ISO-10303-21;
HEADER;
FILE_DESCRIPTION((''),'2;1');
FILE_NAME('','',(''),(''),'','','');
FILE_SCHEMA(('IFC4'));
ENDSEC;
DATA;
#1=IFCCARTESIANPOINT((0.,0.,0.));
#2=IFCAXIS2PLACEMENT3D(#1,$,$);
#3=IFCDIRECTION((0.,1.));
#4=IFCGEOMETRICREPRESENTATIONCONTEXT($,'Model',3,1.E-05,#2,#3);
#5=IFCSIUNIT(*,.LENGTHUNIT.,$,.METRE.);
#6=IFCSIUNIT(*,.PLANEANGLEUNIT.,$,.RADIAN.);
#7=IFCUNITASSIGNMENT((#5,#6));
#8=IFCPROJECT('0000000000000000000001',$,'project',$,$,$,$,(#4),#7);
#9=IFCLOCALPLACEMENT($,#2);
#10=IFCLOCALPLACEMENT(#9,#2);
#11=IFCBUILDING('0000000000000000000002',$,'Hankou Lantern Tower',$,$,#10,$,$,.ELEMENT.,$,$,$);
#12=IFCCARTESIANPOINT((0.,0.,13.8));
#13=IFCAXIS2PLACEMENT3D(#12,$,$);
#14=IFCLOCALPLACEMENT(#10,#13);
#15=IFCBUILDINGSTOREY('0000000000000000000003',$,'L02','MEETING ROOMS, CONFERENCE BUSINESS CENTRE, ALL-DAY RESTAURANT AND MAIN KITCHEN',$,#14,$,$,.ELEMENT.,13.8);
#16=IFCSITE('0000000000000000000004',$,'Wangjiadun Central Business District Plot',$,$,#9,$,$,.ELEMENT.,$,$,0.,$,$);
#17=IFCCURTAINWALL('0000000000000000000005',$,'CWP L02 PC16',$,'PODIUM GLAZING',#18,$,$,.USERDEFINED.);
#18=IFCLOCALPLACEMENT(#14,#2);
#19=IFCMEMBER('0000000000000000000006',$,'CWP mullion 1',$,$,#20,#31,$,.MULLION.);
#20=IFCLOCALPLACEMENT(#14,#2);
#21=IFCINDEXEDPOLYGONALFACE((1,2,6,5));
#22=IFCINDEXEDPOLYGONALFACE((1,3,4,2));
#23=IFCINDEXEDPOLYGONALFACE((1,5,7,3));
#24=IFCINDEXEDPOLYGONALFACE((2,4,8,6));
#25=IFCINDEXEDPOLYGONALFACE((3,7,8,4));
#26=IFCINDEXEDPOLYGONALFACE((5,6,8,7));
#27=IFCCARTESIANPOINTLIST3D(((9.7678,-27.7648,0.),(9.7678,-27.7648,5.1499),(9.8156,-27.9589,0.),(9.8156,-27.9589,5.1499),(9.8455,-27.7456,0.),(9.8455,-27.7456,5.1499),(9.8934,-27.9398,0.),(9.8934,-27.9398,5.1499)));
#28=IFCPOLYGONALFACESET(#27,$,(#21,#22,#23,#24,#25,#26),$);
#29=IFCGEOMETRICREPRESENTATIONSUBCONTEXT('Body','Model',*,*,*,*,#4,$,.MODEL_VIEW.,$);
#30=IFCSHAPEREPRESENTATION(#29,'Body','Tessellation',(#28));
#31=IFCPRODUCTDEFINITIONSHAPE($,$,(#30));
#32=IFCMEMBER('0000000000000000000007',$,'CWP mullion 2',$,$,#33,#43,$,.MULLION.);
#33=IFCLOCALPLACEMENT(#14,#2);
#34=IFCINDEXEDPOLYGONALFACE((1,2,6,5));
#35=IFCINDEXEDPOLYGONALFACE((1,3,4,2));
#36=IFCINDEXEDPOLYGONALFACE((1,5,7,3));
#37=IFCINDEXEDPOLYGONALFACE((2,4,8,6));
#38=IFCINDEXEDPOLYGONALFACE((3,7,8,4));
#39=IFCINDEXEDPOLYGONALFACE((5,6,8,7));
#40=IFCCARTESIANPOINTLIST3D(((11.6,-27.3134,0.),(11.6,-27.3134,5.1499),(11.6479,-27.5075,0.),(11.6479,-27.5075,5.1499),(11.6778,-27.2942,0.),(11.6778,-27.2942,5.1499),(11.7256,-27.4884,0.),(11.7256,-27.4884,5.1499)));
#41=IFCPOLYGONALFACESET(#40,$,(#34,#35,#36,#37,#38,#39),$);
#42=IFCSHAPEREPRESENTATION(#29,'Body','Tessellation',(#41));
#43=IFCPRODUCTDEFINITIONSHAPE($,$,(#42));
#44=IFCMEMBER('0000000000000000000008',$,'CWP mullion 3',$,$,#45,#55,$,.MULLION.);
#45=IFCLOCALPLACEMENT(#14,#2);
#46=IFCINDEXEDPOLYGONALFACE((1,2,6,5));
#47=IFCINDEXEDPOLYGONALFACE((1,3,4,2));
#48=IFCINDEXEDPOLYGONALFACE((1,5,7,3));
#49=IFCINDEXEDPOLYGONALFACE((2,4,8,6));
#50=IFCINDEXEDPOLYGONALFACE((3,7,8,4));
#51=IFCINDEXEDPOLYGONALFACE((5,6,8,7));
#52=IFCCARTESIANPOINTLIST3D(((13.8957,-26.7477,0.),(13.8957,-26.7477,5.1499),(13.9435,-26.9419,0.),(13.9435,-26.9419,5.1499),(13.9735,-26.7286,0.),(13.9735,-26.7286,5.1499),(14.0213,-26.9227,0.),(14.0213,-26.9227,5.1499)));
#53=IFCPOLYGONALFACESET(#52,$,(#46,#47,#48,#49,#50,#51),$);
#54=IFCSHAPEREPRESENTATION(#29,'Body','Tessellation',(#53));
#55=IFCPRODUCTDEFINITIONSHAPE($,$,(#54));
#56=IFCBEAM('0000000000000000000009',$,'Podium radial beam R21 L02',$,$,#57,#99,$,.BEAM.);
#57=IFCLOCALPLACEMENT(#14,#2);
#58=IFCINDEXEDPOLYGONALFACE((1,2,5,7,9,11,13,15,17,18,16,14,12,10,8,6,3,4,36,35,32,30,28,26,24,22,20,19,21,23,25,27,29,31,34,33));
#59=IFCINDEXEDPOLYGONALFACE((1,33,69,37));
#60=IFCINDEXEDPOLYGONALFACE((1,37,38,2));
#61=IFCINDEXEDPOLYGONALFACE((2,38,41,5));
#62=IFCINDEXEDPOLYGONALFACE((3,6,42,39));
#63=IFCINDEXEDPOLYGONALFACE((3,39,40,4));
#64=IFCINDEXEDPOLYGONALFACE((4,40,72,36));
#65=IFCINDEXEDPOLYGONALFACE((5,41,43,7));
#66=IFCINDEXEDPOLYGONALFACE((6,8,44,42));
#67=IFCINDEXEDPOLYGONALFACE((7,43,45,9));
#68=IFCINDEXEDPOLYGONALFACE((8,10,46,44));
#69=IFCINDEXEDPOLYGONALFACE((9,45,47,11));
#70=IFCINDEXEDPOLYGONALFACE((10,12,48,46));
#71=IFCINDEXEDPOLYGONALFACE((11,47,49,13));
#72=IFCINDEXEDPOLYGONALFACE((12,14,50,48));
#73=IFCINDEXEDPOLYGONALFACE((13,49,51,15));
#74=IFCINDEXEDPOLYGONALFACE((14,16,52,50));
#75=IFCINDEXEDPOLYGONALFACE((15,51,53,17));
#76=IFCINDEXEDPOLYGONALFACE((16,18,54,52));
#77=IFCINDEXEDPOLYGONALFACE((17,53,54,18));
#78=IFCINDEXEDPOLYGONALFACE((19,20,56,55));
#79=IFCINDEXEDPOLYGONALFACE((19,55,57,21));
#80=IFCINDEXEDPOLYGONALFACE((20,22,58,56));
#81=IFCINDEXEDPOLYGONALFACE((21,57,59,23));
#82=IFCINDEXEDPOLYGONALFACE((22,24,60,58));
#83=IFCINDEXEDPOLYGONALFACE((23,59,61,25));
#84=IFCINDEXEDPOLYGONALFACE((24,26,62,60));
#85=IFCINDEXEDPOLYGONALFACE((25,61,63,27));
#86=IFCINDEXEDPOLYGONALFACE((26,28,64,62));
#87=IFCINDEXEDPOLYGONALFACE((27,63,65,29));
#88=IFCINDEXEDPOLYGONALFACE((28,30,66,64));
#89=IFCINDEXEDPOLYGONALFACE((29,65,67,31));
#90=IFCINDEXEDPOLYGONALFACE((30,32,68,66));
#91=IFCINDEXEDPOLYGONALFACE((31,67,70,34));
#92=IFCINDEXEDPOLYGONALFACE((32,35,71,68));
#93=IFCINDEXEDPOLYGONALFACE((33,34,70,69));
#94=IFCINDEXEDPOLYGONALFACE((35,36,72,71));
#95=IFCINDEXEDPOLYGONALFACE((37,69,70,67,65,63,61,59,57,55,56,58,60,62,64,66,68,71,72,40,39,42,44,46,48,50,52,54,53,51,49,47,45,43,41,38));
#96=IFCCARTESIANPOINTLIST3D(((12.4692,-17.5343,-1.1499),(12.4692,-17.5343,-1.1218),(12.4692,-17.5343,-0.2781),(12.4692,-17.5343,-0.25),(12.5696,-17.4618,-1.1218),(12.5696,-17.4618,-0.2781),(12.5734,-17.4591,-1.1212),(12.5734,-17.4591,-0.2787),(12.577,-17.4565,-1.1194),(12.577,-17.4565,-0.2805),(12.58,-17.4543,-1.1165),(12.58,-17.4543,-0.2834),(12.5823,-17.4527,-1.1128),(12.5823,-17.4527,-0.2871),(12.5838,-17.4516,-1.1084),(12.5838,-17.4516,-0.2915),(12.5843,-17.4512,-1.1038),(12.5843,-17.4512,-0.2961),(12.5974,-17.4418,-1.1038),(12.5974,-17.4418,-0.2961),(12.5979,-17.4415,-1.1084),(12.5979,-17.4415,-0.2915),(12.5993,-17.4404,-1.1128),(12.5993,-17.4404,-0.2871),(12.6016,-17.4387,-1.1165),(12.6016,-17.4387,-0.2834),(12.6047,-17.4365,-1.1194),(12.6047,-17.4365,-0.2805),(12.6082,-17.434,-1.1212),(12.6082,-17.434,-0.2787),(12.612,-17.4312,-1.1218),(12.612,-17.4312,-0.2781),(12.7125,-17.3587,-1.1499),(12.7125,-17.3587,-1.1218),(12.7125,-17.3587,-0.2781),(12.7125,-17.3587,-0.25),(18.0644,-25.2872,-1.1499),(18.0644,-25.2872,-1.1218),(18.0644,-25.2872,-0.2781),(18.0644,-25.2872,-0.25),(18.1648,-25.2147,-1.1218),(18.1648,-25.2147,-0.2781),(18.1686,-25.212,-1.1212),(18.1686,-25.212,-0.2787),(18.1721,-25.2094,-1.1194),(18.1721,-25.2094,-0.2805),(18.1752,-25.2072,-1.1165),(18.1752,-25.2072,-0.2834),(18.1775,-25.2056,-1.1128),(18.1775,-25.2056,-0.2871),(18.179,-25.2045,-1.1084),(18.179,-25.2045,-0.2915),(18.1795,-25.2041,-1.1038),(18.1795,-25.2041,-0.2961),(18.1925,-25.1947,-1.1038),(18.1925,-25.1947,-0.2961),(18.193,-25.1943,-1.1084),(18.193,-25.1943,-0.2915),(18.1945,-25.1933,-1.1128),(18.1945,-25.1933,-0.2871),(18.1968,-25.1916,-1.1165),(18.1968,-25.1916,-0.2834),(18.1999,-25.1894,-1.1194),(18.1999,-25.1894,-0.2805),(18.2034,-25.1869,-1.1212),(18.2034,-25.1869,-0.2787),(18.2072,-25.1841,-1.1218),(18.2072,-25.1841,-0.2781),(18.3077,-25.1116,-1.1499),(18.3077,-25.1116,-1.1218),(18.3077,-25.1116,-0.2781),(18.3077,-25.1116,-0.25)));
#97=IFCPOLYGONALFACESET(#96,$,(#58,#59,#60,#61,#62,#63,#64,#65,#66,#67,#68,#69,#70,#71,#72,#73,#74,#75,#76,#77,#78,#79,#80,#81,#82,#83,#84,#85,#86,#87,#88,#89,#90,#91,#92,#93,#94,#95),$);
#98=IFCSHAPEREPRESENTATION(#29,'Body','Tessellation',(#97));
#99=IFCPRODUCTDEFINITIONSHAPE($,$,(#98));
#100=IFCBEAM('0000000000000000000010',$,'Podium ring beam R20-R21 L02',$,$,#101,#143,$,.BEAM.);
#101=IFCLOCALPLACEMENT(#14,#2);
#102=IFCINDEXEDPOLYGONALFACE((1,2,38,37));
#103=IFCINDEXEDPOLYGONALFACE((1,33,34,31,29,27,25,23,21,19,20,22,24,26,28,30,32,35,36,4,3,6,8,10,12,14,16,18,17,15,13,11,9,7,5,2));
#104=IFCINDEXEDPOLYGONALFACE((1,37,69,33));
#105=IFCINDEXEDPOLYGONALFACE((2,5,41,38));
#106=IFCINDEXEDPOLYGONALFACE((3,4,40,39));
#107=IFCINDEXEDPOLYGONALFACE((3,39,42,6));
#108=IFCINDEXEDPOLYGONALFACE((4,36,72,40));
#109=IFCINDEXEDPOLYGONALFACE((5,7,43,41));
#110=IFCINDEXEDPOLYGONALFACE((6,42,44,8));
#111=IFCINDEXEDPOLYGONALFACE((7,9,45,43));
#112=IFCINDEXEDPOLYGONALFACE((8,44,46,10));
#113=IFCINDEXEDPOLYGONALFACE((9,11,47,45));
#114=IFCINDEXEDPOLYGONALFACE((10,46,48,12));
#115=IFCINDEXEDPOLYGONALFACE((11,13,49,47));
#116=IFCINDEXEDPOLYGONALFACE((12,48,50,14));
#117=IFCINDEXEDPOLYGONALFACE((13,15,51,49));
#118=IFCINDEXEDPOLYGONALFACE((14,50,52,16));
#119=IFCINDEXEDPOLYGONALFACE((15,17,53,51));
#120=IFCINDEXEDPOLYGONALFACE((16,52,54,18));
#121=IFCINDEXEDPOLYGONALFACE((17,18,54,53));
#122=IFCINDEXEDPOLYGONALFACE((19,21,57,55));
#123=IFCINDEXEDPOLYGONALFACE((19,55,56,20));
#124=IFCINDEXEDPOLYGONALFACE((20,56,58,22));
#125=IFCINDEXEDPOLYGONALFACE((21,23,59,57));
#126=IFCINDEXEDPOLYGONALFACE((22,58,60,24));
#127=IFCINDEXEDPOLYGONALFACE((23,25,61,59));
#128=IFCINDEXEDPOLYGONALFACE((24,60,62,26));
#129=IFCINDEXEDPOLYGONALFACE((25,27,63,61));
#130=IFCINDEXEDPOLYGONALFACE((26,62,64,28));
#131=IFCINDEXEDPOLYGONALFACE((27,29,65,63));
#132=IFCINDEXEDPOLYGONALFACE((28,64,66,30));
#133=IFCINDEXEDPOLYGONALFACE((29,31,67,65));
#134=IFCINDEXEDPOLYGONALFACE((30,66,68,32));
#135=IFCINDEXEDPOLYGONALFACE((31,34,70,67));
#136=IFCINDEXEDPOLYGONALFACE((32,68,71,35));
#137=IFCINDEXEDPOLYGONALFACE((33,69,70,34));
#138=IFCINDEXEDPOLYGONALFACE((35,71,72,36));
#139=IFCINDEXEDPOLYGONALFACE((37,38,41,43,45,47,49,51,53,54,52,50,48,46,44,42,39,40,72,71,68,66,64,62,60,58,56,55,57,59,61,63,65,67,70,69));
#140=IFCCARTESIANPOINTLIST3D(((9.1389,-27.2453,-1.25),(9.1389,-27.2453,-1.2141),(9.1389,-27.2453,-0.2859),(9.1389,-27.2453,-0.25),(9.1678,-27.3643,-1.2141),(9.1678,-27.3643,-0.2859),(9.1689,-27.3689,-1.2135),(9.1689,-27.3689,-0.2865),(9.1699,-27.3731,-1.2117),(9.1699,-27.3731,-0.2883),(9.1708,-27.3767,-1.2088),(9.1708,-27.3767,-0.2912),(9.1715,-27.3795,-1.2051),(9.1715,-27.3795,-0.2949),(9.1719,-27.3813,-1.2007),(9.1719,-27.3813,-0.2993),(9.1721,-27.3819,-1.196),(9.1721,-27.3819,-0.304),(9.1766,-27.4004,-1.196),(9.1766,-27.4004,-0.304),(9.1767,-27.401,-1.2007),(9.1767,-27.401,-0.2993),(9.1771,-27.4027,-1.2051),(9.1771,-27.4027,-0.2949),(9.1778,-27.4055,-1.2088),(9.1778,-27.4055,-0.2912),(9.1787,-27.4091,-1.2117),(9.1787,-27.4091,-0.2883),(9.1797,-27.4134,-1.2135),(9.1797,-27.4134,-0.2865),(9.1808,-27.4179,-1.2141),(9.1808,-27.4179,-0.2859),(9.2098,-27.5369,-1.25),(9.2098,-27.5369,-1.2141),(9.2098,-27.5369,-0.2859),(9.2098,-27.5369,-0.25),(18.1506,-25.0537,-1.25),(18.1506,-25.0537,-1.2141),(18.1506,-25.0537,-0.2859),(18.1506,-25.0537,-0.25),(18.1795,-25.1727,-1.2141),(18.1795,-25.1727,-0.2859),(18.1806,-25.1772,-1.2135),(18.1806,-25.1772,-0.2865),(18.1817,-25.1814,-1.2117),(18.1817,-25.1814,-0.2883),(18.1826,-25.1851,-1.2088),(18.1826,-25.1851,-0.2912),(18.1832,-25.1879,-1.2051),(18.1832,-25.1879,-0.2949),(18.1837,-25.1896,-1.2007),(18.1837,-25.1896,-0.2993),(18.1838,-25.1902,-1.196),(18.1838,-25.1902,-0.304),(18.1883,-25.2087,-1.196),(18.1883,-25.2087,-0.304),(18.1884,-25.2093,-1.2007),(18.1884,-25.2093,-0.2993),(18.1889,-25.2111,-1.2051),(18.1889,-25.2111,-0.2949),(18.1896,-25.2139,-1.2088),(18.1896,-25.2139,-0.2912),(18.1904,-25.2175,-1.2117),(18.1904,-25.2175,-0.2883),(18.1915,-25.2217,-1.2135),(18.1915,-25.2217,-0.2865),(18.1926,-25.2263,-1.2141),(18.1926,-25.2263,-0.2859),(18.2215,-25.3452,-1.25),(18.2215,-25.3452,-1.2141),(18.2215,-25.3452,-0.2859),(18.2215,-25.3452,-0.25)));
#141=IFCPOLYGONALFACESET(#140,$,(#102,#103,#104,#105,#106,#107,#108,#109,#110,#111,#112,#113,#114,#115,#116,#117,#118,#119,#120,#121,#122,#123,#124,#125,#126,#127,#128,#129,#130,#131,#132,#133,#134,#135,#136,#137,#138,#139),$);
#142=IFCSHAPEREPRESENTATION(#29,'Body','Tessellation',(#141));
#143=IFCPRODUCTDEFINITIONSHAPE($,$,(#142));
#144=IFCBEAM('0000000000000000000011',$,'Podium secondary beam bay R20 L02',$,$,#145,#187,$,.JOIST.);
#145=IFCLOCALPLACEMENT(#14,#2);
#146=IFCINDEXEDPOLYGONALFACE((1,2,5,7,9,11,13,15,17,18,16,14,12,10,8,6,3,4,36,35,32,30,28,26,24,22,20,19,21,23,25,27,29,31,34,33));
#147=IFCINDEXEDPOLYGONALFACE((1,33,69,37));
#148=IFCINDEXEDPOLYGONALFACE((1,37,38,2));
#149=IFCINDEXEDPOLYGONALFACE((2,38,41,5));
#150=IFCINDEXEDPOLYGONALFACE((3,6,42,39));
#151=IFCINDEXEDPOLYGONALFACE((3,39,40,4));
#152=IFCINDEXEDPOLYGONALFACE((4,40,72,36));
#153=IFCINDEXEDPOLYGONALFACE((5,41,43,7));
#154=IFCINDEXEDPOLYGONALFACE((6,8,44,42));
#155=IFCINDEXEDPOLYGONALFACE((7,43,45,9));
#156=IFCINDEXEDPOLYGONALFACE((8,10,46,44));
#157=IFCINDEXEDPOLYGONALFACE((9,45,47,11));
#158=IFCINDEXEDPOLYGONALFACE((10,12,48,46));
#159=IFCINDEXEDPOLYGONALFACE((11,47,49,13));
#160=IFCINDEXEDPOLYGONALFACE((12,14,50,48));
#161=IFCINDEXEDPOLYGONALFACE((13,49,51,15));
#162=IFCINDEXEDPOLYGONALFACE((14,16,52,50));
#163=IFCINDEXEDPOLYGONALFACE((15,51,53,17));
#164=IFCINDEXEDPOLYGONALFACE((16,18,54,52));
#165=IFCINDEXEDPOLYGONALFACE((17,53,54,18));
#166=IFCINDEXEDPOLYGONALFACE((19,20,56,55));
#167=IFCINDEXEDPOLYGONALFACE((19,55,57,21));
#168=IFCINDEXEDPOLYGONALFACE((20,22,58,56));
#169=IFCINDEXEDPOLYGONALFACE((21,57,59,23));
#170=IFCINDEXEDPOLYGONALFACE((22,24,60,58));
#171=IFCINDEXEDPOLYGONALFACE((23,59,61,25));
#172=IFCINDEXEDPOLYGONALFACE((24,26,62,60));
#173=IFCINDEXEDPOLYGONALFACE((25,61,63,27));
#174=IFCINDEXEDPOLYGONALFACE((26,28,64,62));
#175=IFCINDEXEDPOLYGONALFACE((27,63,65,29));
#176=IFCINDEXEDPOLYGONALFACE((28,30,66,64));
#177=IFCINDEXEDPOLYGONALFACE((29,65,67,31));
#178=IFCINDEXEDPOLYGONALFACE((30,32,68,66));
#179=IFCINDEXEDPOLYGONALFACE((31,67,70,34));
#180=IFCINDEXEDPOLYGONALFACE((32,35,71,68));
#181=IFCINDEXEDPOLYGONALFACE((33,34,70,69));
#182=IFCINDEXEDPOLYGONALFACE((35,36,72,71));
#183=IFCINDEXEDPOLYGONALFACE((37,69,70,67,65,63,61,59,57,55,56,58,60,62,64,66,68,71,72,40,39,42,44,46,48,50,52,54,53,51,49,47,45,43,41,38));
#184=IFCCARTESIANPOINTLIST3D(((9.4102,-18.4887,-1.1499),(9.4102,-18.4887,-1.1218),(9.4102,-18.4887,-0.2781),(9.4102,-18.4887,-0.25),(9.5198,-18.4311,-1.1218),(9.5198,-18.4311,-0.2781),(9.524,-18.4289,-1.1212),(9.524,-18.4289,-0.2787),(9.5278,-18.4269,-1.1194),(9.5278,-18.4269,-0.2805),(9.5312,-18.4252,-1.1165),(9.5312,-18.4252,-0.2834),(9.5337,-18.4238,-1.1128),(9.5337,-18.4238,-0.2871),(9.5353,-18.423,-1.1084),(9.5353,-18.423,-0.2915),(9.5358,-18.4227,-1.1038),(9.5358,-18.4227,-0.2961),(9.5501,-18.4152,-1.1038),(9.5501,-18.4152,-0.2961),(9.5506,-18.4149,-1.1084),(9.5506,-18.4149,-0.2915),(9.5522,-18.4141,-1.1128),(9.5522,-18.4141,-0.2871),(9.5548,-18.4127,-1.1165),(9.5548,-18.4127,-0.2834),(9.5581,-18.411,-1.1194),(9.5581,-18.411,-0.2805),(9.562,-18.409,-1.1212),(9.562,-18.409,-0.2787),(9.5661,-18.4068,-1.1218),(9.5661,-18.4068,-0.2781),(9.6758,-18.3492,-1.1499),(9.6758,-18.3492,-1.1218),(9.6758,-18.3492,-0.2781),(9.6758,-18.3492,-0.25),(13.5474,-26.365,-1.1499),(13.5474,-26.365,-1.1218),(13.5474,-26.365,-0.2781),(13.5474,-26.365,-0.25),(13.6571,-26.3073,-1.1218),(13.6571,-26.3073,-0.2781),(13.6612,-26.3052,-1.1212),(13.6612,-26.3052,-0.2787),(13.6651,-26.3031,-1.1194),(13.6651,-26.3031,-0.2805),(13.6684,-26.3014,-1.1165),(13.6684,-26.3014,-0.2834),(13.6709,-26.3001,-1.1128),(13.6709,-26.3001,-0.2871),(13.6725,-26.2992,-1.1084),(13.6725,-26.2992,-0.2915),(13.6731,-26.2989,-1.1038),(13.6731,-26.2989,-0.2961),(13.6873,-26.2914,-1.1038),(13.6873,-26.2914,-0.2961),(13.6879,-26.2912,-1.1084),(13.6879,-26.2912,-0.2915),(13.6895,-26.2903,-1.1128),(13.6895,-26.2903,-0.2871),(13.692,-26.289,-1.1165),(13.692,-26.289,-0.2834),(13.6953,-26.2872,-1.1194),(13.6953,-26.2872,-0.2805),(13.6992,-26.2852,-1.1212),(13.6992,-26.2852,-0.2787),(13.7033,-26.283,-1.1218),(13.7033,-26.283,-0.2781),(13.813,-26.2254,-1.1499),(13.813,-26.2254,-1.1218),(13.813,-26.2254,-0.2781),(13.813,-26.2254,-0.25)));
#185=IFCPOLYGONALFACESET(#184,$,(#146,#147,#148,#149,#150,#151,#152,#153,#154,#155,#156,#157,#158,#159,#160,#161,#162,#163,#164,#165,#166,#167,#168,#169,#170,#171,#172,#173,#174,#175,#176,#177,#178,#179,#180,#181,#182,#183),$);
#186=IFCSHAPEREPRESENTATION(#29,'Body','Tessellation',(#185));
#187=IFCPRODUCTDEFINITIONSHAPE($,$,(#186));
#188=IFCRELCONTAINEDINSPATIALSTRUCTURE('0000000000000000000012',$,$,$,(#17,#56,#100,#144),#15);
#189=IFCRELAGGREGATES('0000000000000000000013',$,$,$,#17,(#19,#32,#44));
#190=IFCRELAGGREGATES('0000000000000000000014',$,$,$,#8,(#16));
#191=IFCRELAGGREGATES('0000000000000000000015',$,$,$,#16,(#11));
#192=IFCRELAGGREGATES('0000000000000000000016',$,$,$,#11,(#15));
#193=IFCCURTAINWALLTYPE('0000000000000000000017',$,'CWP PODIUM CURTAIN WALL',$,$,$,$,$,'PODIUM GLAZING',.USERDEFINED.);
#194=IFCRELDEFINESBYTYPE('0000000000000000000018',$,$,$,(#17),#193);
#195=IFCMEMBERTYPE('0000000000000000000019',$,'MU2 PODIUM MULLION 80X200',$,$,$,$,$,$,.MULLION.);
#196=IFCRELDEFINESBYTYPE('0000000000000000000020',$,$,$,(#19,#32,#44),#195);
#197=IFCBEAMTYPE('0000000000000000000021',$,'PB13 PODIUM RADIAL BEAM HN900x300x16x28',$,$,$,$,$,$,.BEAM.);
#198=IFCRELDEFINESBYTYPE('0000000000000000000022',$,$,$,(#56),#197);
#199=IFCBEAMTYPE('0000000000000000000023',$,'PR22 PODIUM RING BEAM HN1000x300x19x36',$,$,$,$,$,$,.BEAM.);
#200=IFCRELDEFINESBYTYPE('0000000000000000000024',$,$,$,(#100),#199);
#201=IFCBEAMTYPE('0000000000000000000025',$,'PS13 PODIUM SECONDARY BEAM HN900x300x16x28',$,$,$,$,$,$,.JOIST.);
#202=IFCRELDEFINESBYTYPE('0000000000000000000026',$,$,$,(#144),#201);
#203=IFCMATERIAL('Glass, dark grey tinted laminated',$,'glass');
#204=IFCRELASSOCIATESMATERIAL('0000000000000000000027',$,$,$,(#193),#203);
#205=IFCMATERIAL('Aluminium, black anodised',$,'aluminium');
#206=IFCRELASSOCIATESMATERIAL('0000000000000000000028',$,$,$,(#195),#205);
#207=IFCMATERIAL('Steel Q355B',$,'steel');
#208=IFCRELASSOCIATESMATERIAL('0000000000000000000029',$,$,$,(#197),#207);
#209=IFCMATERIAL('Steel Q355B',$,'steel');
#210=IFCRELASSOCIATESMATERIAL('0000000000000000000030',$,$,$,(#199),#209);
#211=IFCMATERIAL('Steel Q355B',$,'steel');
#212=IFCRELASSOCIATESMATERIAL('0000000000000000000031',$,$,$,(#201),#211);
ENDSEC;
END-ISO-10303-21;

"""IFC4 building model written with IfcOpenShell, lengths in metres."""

from ifc_helpers import new_model, si_unit, direction, frame, origin, origin_2d, place, context, subcontext, project, spatial, rectangle, i_section, extrude, material, material_profile, profile_set, type_object, element, aggregate, save


model = new_model("IFC4")

# Units and contexts
model_context = context("Model", 3, precision=1e-05, world=origin(), true_north=direction((0.0, 1.0)))
body_context = subcontext(model_context, "Body", "Model", "MODEL_VIEW")
ifc_project = project(units=[si_unit("LENGTHUNIT", "METRE"), si_unit("PLANEANGLEUNIT", "RADIAN")], contexts=[model_context])

# Site, building, storey
site_placement = place(None, origin())
site = spatial("IfcSite", under=ifc_project, at=site_placement, Name="Wangjiadun Central Business District Plot", CompositionType="ELEMENT", RefElevation=0.0)
building_placement = place(site_placement, origin())
building = spatial("IfcBuilding", under=site, at=building_placement, Name="Hankou Lantern Tower", CompositionType="ELEMENT")
storey_placement = place(building_placement, frame((0.0, 0.0, 13.8)))
storey = spatial("IfcBuildingStorey", under=building, at=storey_placement, Name="L02", Description="MEETING ROOMS, CONFERENCE BUSINESS CENTRE, ALL-DAY RESTAURANT AND MAIN KITCHEN", CompositionType="ELEMENT", Elevation=13.8)

# Curtain wall, members
ifc_material_1 = material(Name="Glass, dark grey tinted laminated", Category="glass")
curtain_wall_type = type_object("IfcCurtainWallType", Name="CWP PODIUM CURTAIN WALL", ElementType="PODIUM GLAZING", PredefinedType="USERDEFINED", material=ifc_material_1)
ifc_material_2 = material(Name="Aluminium, black anodised", Category="aluminium")
ifc_material_profile_1 = material_profile(ifc_material_2, rectangle(XDim=0.0801, YDim=0.2, at=origin_2d()), Name="MU2 80X200")
ifc_profile_set_1 = profile_set([ifc_material_profile_1], Name="Aluminium, black anodised")
member_type_1 = type_object("IfcMemberType", Name="MU2 PODIUM MULLION 80X200", PredefinedType="MULLION", material=ifc_profile_set_1)
curtain_wall_1_placement = place(storey_placement, origin())
curtain_wall_1 = element("IfcCurtainWall", 1, at=curtain_wall_1_placement, inside=storey, type_object=curtain_wall_type, Name="CWP L02 PC16", ObjectType="PODIUM GLAZING", PredefinedType="USERDEFINED")
member_1_placement = place(storey_placement, frame((9.8306, -27.8523, 0.0), z_axis=(0.0, 0.0, 1.0), x_axis=(0.970961, 0.239238, 0.0)))
member_1 = element("IfcMember", 2, at=member_1_placement, type_object=member_type_1, Name="CWP mullion 1", PredefinedType="MULLION", context=body_context, shape_type="SweptSolid", body=[
    extrude(rectangle(XDim=0.0801, YDim=0.2, at=origin_2d()), origin(), (0.0, 0.0, 1.0), 5.1499),
])
member_2_placement = place(storey_placement, frame((11.6628, -27.4009, 0.0), z_axis=(0.0, 0.0, 1.0), x_axis=(0.970961, 0.239238, 0.0)))
member_2 = element("IfcMember", 3, at=member_2_placement, type_object=member_type_1, Name="CWP mullion 2", PredefinedType="MULLION", context=body_context, shape_type="SweptSolid", body=[
    extrude(rectangle(XDim=0.0801, YDim=0.2, at=origin_2d()), origin(), (0.0, 0.0, 1.0), 5.1499),
])
member_3_placement = place(storey_placement, frame((13.9585, -26.8352, 0.0), z_axis=(0.0, 0.0, 1.0), x_axis=(0.970961, 0.239238, 0.0)))
member_3 = element("IfcMember", 4, at=member_3_placement, type_object=member_type_1, Name="CWP mullion 3", PredefinedType="MULLION", context=body_context, shape_type="SweptSolid", body=[
    extrude(rectangle(XDim=0.0801, YDim=0.2, at=origin_2d()), origin(), (0.0, 0.0, 1.0), 5.1499),
])

# Beams
ifc_material_3 = material(Name="Steel Q355B", Category="steel")
ifc_material_profile_2 = material_profile(ifc_material_3, i_section(OverallWidth=0.3, OverallDepth=0.8999, WebThickness=0.0161, FlangeThickness=0.0281, FilletRadius=0.0181, at=origin_2d()), Name="HN900x300x16x28")
ifc_profile_set_2 = profile_set([ifc_material_profile_2], Name="Steel Q355B")
beam_type_1 = type_object("IfcBeamType", Name="PB13 PODIUM RADIAL BEAM HN900x300x16x28", PredefinedType="BEAM", material=ifc_profile_set_2)
beam_1_placement = place(storey_placement, frame((12.5908, -17.4465, -0.7), z_axis=(0.585207, -0.810884, 0.0), x_axis=(0.810884, 0.585207, 0.0)))
element("IfcBeam", 5, at=beam_1_placement, inside=storey, type_object=beam_type_1, Name="Podium radial beam R21 L02", PredefinedType="BEAM", context=body_context, shape_type="SweptSolid", body=[
    extrude(i_section(OverallWidth=0.3, OverallDepth=0.8999, WebThickness=0.0161, FlangeThickness=0.0281, FilletRadius=0.0181, at=origin_2d()), origin(), (0.0, 0.0, 1.0), 9.561),
])
ifc_material_4 = material(Name="Steel Q355B", Category="steel")
ifc_material_profile_3 = material_profile(ifc_material_4, i_section(OverallWidth=0.3, OverallDepth=1.0, WebThickness=0.019, FlangeThickness=0.0359, FilletRadius=0.0181, at=origin_2d()), Name="HN1000x300x19x36")
ifc_profile_set_3 = profile_set([ifc_material_profile_3], Name="Steel Q355B")
beam_type_2 = type_object("IfcBeamType", Name="PR22 PODIUM RING BEAM HN1000x300x19x36", PredefinedType="BEAM", material=ifc_profile_set_3)
beam_2_placement = place(storey_placement, frame((9.1743, -27.3911, -0.75), z_axis=(0.971677, 0.236312, 0.0), x_axis=(-0.236312, 0.971677, 0.0)))
element("IfcBeam", 6, at=beam_2_placement, inside=storey, type_object=beam_type_2, Name="Podium ring beam R20-R21 L02", PredefinedType="BEAM", context=body_context, shape_type="SweptSolid", body=[
    extrude(i_section(OverallWidth=0.3, OverallDepth=1.0, WebThickness=0.019, FlangeThickness=0.0359, FilletRadius=0.0181, at=origin_2d()), origin(), (0.0, 0.0, 1.0), 9.2744),
])
ifc_material_5 = material(Name="Steel Q355B", Category="steel")
ifc_material_profile_4 = material_profile(ifc_material_5, i_section(OverallWidth=0.3, OverallDepth=0.8999, WebThickness=0.0161, FlangeThickness=0.0281, FilletRadius=0.0181, at=origin_2d()), Name="HN900x300x16x28")
ifc_profile_set_4 = profile_set([ifc_material_profile_4], Name="Steel Q355B")
beam_type_3 = type_object("IfcBeamType", Name="PS13 PODIUM SECONDARY BEAM HN900x300x16x28", PredefinedType="JOIST", material=ifc_profile_set_4)
beam_3_placement = place(storey_placement, frame((9.543, -18.4189, -0.7), z_axis=(0.465027, -0.885297, 0.0), x_axis=(0.885297, 0.465027, 0.0)))
element("IfcBeam", 7, at=beam_3_placement, inside=storey, type_object=beam_type_3, Name="Podium secondary beam bay R20 L02", PredefinedType="JOIST", context=body_context, shape_type="SweptSolid", body=[
    extrude(i_section(OverallWidth=0.3, OverallDepth=0.8999, WebThickness=0.0161, FlangeThickness=0.0281, FilletRadius=0.0181, at=origin_2d()), origin(), (0.0, 0.0, 1.0), 8.8967),
])

aggregate(curtain_wall_1, [member_1, member_2, member_3])

save(model, "model.ifc")
